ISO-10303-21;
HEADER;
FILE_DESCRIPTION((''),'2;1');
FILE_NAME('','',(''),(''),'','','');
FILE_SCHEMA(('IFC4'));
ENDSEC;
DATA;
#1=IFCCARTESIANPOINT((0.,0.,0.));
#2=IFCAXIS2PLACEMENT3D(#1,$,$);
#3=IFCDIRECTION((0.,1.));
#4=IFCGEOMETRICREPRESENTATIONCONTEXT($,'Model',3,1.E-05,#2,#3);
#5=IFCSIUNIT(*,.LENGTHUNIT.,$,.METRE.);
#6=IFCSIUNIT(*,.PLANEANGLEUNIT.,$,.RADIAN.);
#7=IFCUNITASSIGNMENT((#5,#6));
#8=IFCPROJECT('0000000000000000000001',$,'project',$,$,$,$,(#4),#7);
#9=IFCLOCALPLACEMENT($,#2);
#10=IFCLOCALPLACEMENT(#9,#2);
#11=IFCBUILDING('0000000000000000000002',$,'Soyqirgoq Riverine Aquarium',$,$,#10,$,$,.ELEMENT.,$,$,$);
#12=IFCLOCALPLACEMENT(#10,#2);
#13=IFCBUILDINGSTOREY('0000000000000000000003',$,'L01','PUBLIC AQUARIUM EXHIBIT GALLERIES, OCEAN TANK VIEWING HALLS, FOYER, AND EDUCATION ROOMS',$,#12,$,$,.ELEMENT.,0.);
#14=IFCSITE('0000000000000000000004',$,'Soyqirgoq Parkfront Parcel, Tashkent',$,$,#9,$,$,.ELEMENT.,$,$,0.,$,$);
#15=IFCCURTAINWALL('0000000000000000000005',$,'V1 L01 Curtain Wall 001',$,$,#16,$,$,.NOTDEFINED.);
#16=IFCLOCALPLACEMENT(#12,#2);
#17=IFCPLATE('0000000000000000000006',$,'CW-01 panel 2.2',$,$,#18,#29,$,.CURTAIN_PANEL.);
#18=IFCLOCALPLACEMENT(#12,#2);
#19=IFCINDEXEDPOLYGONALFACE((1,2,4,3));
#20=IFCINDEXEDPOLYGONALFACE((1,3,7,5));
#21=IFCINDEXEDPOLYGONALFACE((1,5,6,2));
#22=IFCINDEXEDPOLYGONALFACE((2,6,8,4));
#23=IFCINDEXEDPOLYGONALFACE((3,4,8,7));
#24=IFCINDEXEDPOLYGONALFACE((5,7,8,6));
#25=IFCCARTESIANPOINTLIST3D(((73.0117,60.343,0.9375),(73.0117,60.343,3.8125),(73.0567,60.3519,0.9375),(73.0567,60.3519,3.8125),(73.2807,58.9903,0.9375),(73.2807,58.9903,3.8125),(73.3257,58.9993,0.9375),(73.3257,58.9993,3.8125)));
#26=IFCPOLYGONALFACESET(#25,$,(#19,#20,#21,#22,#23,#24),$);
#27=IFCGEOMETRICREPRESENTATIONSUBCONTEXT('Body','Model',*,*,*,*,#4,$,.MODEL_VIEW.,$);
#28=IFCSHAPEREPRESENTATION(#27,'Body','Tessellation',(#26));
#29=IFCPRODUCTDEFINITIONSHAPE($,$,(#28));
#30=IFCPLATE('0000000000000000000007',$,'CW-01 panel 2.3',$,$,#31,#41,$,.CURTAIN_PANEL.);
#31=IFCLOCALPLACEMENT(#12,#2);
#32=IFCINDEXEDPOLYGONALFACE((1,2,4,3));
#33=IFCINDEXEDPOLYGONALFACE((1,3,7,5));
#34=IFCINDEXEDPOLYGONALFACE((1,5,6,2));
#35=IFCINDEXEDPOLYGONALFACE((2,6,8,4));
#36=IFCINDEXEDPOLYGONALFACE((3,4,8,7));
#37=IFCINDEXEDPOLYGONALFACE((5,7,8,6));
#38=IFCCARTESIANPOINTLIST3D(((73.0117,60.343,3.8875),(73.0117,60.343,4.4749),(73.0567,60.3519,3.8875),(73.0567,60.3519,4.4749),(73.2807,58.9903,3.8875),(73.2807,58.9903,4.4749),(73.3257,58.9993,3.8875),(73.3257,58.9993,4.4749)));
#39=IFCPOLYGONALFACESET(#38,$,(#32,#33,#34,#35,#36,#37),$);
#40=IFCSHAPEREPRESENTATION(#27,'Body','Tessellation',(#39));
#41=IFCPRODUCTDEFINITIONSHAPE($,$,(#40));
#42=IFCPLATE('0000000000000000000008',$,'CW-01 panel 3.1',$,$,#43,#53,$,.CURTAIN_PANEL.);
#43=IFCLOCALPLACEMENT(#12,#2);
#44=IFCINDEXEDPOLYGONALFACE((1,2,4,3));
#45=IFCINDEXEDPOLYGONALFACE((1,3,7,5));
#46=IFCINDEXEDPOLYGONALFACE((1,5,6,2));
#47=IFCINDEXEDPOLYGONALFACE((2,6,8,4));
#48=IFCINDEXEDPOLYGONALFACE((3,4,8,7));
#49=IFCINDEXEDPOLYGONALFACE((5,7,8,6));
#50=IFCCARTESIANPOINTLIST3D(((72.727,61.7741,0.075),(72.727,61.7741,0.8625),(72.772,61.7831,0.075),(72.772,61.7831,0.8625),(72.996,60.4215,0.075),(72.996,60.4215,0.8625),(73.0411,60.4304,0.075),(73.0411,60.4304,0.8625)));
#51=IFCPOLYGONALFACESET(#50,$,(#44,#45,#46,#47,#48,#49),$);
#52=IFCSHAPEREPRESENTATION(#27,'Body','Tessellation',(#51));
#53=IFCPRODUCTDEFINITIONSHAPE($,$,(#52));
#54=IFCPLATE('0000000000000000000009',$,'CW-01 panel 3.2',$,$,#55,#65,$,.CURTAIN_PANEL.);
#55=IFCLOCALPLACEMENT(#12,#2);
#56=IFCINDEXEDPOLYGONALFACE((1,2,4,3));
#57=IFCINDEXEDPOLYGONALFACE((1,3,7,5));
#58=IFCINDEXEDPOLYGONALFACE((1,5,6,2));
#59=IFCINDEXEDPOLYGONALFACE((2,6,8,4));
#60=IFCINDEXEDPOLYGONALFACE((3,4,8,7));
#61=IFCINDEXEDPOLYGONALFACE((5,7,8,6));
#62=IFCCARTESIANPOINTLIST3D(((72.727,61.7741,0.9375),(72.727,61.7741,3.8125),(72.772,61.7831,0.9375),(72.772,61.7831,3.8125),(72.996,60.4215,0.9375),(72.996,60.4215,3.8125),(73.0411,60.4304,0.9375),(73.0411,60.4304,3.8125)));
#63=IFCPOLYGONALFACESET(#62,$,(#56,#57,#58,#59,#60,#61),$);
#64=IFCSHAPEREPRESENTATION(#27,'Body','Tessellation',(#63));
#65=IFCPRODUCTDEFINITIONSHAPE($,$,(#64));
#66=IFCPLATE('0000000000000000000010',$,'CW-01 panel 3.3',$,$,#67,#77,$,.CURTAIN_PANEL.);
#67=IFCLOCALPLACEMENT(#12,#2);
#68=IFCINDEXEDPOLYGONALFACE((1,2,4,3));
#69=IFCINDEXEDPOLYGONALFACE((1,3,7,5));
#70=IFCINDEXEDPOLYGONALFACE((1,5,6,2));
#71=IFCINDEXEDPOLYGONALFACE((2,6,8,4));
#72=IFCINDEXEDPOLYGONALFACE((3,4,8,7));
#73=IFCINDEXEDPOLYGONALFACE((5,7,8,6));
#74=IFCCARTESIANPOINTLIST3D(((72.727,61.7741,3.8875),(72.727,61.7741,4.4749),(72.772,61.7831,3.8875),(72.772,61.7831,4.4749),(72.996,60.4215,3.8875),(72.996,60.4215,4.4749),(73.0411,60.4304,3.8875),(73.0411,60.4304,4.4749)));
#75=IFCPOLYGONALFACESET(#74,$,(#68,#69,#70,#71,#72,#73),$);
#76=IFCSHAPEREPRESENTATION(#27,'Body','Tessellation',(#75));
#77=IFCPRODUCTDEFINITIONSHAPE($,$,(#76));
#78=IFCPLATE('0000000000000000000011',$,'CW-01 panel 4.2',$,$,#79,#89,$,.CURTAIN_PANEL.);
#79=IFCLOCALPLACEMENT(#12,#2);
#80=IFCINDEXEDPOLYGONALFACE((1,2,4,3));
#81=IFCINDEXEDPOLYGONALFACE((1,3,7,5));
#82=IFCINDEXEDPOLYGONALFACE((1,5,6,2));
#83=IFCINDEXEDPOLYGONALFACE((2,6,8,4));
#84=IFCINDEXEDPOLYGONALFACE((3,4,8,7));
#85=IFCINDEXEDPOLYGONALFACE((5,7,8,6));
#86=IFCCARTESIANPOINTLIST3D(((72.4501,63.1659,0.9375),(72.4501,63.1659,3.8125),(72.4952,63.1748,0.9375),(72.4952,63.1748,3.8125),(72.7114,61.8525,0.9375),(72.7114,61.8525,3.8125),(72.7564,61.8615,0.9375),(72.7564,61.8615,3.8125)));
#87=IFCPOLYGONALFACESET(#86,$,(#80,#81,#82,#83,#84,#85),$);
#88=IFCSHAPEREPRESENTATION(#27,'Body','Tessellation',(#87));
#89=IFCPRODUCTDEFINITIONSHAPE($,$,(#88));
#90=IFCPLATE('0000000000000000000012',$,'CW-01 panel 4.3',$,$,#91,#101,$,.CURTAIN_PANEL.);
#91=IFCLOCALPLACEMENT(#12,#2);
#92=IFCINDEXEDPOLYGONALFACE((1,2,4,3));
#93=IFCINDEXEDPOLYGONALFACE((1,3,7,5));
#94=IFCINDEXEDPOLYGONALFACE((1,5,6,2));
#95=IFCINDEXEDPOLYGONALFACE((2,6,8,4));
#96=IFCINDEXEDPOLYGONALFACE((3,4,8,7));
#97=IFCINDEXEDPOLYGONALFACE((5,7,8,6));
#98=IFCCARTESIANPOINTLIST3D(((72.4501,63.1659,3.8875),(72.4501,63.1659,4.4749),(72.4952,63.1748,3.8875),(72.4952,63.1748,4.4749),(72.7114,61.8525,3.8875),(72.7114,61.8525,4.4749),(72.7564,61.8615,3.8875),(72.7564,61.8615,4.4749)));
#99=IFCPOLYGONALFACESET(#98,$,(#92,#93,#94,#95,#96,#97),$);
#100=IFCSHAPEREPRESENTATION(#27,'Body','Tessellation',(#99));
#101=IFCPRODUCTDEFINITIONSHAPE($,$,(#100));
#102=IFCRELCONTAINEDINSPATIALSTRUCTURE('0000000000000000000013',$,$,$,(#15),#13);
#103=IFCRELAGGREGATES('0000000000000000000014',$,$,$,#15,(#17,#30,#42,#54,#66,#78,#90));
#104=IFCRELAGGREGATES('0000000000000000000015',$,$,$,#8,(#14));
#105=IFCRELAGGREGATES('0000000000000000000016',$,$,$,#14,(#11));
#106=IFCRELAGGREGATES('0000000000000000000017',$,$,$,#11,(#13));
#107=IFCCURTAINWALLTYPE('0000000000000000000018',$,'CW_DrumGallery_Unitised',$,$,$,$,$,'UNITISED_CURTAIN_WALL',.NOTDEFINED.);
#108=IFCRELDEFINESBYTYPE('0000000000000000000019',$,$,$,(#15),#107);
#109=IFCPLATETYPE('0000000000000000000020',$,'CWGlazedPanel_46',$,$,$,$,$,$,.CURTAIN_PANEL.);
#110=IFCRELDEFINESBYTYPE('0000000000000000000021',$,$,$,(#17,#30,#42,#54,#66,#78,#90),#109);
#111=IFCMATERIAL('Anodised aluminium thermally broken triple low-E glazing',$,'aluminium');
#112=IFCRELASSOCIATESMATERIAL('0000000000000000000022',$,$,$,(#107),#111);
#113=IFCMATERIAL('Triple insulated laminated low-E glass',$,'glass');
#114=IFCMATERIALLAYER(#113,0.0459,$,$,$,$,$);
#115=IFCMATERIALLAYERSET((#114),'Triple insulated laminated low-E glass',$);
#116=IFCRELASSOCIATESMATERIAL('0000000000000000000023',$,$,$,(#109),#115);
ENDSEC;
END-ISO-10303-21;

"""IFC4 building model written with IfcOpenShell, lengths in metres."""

from ifc_helpers import new_model, si_unit, direction, frame, origin, origin_2d, place, context, subcontext, project, spatial, rectangle, extrude, material, layer, layer_set, type_object, element, aggregate, save


model = new_model("IFC4")

# Units and contexts
model_context = context("Model", 3, precision=1e-05, world=origin(), true_north=direction((0.0, 1.0)))
body_context = subcontext(model_context, "Body", "Model", "MODEL_VIEW")
ifc_project = project(units=[si_unit("LENGTHUNIT", "METRE"), si_unit("PLANEANGLEUNIT", "RADIAN")], contexts=[model_context])

# Site, building, storey
site_placement = place(None, origin())
site = spatial("IfcSite", under=ifc_project, at=site_placement, Name="Soyqirgoq Parkfront Parcel, Tashkent", CompositionType="ELEMENT", RefElevation=0.0)
building_placement = place(site_placement, origin())
building = spatial("IfcBuilding", under=site, at=building_placement, Name="Soyqirgoq Riverine Aquarium", CompositionType="ELEMENT")
storey_placement = place(building_placement, origin())
storey = spatial("IfcBuildingStorey", under=building, at=storey_placement, Name="L01", Description="PUBLIC AQUARIUM EXHIBIT GALLERIES, OCEAN TANK VIEWING HALLS, FOYER, AND EDUCATION ROOMS", CompositionType="ELEMENT", Elevation=0.0)

# Curtain wall
ifc_material_1 = material(Name="Anodised aluminium thermally broken triple low-E glazing", Category="aluminium")
curtain_wall_type_1 = type_object("IfcCurtainWallType", Name="CW_DrumGallery_Unitised", ElementType="UNITISED_CURTAIN_WALL", PredefinedType="NOTDEFINED", material=ifc_material_1)
curtain_wall_1_placement = place(storey_placement, origin())
curtain_wall_1 = element("IfcCurtainWall", 1, at=curtain_wall_1_placement, inside=storey, type_object=curtain_wall_type_1, Name="V1 L01 Curtain Wall 001", PredefinedType="NOTDEFINED")

# Plates
ifc_material_2 = material(Name="Triple insulated laminated low-E glass", Category="glass")
ifc_layer = layer(ifc_material_2, 0.0459)
ifc_layer_set = layer_set([ifc_layer], Name="Triple insulated laminated low-E glass")
plate_type = type_object("IfcPlateType", Name="CWGlazedPanel_46", PredefinedType="CURTAIN_PANEL", material=ifc_layer_set)
plate_1_placement = place(storey_placement, frame((73.1687, 59.6711, 0.9375), z_axis=(0.0, 0.0, 1.0), x_axis=(-0.195075, 0.980788, 0.0)))
plate_1 = element("IfcPlate", 2, at=plate_1_placement, type_object=plate_type, Name="CW-01 panel 2.2", PredefinedType="CURTAIN_PANEL", context=body_context, shape_type="SweptSolid", body=[
    extrude(rectangle(XDim=1.3792, YDim=0.0459, at=origin_2d()), origin(), (0.0, 0.0, 1.0), 2.875),
])
plate_2_placement = place(storey_placement, frame((73.1687, 59.6711, 3.8875), z_axis=(0.0, 0.0, 1.0), x_axis=(-0.195075, 0.980788, 0.0)))
plate_2 = element("IfcPlate", 3, at=plate_2_placement, type_object=plate_type, Name="CW-01 panel 2.3", PredefinedType="CURTAIN_PANEL", context=body_context, shape_type="SweptSolid", body=[
    extrude(rectangle(XDim=1.3792, YDim=0.0459, at=origin_2d()), origin(), (0.0, 0.0, 1.0), 0.5874),
])
plate_3_placement = place(storey_placement, frame((72.884, 61.1023, 0.075), z_axis=(0.0, 0.0, 1.0), x_axis=(-0.195075, 0.980788, 0.0)))
plate_3 = element("IfcPlate", 4, at=plate_3_placement, type_object=plate_type, Name="CW-01 panel 3.1", PredefinedType="CURTAIN_PANEL", context=body_context, shape_type="SweptSolid", body=[
    extrude(rectangle(XDim=1.3792, YDim=0.0459, at=origin_2d()), origin(), (0.0, 0.0, 1.0), 0.7876),
])
plate_4_placement = place(storey_placement, frame((72.884, 61.1023, 0.9375), z_axis=(0.0, 0.0, 1.0), x_axis=(-0.195075, 0.980788, 0.0)))
plate_4 = element("IfcPlate", 5, at=plate_4_placement, type_object=plate_type, Name="CW-01 panel 3.2", PredefinedType="CURTAIN_PANEL", context=body_context, shape_type="SweptSolid", body=[
    extrude(rectangle(XDim=1.3792, YDim=0.0459, at=origin_2d()), origin(), (0.0, 0.0, 1.0), 2.875),
])
plate_5_placement = place(storey_placement, frame((72.884, 61.1023, 3.8875), z_axis=(0.0, 0.0, 1.0), x_axis=(-0.195075, 0.980788, 0.0)))
plate_5 = element("IfcPlate", 6, at=plate_5_placement, type_object=plate_type, Name="CW-01 panel 3.3", PredefinedType="CURTAIN_PANEL", context=body_context, shape_type="SweptSolid", body=[
    extrude(rectangle(XDim=1.3792, YDim=0.0459, at=origin_2d()), origin(), (0.0, 0.0, 1.0), 0.5874),
])
plate_6_placement = place(storey_placement, frame((72.6033, 62.5137, 0.9375), z_axis=(0.0, 0.0, 1.0), x_axis=(-0.195075, 0.980788, 0.0)))
plate_6 = element("IfcPlate", 7, at=plate_6_placement, type_object=plate_type, Name="CW-01 panel 4.2", PredefinedType="CURTAIN_PANEL", context=body_context, shape_type="SweptSolid", body=[
    extrude(rectangle(XDim=1.3391, YDim=0.0459, at=origin_2d()), origin(), (0.0, 0.0, 1.0), 2.875),
])
plate_7_placement = place(storey_placement, frame((72.6033, 62.5137, 3.8875), z_axis=(0.0, 0.0, 1.0), x_axis=(-0.195075, 0.980788, 0.0)))
plate_7 = element("IfcPlate", 8, at=plate_7_placement, type_object=plate_type, Name="CW-01 panel 4.3", PredefinedType="CURTAIN_PANEL", context=body_context, shape_type="SweptSolid", body=[
    extrude(rectangle(XDim=1.3391, YDim=0.0459, at=origin_2d()), origin(), (0.0, 0.0, 1.0), 0.5874),
])
aggregate(curtain_wall_1, [plate_1, plate_2, plate_3, plate_4, plate_5, plate_6, plate_7])

save(model, "model.ifc")
